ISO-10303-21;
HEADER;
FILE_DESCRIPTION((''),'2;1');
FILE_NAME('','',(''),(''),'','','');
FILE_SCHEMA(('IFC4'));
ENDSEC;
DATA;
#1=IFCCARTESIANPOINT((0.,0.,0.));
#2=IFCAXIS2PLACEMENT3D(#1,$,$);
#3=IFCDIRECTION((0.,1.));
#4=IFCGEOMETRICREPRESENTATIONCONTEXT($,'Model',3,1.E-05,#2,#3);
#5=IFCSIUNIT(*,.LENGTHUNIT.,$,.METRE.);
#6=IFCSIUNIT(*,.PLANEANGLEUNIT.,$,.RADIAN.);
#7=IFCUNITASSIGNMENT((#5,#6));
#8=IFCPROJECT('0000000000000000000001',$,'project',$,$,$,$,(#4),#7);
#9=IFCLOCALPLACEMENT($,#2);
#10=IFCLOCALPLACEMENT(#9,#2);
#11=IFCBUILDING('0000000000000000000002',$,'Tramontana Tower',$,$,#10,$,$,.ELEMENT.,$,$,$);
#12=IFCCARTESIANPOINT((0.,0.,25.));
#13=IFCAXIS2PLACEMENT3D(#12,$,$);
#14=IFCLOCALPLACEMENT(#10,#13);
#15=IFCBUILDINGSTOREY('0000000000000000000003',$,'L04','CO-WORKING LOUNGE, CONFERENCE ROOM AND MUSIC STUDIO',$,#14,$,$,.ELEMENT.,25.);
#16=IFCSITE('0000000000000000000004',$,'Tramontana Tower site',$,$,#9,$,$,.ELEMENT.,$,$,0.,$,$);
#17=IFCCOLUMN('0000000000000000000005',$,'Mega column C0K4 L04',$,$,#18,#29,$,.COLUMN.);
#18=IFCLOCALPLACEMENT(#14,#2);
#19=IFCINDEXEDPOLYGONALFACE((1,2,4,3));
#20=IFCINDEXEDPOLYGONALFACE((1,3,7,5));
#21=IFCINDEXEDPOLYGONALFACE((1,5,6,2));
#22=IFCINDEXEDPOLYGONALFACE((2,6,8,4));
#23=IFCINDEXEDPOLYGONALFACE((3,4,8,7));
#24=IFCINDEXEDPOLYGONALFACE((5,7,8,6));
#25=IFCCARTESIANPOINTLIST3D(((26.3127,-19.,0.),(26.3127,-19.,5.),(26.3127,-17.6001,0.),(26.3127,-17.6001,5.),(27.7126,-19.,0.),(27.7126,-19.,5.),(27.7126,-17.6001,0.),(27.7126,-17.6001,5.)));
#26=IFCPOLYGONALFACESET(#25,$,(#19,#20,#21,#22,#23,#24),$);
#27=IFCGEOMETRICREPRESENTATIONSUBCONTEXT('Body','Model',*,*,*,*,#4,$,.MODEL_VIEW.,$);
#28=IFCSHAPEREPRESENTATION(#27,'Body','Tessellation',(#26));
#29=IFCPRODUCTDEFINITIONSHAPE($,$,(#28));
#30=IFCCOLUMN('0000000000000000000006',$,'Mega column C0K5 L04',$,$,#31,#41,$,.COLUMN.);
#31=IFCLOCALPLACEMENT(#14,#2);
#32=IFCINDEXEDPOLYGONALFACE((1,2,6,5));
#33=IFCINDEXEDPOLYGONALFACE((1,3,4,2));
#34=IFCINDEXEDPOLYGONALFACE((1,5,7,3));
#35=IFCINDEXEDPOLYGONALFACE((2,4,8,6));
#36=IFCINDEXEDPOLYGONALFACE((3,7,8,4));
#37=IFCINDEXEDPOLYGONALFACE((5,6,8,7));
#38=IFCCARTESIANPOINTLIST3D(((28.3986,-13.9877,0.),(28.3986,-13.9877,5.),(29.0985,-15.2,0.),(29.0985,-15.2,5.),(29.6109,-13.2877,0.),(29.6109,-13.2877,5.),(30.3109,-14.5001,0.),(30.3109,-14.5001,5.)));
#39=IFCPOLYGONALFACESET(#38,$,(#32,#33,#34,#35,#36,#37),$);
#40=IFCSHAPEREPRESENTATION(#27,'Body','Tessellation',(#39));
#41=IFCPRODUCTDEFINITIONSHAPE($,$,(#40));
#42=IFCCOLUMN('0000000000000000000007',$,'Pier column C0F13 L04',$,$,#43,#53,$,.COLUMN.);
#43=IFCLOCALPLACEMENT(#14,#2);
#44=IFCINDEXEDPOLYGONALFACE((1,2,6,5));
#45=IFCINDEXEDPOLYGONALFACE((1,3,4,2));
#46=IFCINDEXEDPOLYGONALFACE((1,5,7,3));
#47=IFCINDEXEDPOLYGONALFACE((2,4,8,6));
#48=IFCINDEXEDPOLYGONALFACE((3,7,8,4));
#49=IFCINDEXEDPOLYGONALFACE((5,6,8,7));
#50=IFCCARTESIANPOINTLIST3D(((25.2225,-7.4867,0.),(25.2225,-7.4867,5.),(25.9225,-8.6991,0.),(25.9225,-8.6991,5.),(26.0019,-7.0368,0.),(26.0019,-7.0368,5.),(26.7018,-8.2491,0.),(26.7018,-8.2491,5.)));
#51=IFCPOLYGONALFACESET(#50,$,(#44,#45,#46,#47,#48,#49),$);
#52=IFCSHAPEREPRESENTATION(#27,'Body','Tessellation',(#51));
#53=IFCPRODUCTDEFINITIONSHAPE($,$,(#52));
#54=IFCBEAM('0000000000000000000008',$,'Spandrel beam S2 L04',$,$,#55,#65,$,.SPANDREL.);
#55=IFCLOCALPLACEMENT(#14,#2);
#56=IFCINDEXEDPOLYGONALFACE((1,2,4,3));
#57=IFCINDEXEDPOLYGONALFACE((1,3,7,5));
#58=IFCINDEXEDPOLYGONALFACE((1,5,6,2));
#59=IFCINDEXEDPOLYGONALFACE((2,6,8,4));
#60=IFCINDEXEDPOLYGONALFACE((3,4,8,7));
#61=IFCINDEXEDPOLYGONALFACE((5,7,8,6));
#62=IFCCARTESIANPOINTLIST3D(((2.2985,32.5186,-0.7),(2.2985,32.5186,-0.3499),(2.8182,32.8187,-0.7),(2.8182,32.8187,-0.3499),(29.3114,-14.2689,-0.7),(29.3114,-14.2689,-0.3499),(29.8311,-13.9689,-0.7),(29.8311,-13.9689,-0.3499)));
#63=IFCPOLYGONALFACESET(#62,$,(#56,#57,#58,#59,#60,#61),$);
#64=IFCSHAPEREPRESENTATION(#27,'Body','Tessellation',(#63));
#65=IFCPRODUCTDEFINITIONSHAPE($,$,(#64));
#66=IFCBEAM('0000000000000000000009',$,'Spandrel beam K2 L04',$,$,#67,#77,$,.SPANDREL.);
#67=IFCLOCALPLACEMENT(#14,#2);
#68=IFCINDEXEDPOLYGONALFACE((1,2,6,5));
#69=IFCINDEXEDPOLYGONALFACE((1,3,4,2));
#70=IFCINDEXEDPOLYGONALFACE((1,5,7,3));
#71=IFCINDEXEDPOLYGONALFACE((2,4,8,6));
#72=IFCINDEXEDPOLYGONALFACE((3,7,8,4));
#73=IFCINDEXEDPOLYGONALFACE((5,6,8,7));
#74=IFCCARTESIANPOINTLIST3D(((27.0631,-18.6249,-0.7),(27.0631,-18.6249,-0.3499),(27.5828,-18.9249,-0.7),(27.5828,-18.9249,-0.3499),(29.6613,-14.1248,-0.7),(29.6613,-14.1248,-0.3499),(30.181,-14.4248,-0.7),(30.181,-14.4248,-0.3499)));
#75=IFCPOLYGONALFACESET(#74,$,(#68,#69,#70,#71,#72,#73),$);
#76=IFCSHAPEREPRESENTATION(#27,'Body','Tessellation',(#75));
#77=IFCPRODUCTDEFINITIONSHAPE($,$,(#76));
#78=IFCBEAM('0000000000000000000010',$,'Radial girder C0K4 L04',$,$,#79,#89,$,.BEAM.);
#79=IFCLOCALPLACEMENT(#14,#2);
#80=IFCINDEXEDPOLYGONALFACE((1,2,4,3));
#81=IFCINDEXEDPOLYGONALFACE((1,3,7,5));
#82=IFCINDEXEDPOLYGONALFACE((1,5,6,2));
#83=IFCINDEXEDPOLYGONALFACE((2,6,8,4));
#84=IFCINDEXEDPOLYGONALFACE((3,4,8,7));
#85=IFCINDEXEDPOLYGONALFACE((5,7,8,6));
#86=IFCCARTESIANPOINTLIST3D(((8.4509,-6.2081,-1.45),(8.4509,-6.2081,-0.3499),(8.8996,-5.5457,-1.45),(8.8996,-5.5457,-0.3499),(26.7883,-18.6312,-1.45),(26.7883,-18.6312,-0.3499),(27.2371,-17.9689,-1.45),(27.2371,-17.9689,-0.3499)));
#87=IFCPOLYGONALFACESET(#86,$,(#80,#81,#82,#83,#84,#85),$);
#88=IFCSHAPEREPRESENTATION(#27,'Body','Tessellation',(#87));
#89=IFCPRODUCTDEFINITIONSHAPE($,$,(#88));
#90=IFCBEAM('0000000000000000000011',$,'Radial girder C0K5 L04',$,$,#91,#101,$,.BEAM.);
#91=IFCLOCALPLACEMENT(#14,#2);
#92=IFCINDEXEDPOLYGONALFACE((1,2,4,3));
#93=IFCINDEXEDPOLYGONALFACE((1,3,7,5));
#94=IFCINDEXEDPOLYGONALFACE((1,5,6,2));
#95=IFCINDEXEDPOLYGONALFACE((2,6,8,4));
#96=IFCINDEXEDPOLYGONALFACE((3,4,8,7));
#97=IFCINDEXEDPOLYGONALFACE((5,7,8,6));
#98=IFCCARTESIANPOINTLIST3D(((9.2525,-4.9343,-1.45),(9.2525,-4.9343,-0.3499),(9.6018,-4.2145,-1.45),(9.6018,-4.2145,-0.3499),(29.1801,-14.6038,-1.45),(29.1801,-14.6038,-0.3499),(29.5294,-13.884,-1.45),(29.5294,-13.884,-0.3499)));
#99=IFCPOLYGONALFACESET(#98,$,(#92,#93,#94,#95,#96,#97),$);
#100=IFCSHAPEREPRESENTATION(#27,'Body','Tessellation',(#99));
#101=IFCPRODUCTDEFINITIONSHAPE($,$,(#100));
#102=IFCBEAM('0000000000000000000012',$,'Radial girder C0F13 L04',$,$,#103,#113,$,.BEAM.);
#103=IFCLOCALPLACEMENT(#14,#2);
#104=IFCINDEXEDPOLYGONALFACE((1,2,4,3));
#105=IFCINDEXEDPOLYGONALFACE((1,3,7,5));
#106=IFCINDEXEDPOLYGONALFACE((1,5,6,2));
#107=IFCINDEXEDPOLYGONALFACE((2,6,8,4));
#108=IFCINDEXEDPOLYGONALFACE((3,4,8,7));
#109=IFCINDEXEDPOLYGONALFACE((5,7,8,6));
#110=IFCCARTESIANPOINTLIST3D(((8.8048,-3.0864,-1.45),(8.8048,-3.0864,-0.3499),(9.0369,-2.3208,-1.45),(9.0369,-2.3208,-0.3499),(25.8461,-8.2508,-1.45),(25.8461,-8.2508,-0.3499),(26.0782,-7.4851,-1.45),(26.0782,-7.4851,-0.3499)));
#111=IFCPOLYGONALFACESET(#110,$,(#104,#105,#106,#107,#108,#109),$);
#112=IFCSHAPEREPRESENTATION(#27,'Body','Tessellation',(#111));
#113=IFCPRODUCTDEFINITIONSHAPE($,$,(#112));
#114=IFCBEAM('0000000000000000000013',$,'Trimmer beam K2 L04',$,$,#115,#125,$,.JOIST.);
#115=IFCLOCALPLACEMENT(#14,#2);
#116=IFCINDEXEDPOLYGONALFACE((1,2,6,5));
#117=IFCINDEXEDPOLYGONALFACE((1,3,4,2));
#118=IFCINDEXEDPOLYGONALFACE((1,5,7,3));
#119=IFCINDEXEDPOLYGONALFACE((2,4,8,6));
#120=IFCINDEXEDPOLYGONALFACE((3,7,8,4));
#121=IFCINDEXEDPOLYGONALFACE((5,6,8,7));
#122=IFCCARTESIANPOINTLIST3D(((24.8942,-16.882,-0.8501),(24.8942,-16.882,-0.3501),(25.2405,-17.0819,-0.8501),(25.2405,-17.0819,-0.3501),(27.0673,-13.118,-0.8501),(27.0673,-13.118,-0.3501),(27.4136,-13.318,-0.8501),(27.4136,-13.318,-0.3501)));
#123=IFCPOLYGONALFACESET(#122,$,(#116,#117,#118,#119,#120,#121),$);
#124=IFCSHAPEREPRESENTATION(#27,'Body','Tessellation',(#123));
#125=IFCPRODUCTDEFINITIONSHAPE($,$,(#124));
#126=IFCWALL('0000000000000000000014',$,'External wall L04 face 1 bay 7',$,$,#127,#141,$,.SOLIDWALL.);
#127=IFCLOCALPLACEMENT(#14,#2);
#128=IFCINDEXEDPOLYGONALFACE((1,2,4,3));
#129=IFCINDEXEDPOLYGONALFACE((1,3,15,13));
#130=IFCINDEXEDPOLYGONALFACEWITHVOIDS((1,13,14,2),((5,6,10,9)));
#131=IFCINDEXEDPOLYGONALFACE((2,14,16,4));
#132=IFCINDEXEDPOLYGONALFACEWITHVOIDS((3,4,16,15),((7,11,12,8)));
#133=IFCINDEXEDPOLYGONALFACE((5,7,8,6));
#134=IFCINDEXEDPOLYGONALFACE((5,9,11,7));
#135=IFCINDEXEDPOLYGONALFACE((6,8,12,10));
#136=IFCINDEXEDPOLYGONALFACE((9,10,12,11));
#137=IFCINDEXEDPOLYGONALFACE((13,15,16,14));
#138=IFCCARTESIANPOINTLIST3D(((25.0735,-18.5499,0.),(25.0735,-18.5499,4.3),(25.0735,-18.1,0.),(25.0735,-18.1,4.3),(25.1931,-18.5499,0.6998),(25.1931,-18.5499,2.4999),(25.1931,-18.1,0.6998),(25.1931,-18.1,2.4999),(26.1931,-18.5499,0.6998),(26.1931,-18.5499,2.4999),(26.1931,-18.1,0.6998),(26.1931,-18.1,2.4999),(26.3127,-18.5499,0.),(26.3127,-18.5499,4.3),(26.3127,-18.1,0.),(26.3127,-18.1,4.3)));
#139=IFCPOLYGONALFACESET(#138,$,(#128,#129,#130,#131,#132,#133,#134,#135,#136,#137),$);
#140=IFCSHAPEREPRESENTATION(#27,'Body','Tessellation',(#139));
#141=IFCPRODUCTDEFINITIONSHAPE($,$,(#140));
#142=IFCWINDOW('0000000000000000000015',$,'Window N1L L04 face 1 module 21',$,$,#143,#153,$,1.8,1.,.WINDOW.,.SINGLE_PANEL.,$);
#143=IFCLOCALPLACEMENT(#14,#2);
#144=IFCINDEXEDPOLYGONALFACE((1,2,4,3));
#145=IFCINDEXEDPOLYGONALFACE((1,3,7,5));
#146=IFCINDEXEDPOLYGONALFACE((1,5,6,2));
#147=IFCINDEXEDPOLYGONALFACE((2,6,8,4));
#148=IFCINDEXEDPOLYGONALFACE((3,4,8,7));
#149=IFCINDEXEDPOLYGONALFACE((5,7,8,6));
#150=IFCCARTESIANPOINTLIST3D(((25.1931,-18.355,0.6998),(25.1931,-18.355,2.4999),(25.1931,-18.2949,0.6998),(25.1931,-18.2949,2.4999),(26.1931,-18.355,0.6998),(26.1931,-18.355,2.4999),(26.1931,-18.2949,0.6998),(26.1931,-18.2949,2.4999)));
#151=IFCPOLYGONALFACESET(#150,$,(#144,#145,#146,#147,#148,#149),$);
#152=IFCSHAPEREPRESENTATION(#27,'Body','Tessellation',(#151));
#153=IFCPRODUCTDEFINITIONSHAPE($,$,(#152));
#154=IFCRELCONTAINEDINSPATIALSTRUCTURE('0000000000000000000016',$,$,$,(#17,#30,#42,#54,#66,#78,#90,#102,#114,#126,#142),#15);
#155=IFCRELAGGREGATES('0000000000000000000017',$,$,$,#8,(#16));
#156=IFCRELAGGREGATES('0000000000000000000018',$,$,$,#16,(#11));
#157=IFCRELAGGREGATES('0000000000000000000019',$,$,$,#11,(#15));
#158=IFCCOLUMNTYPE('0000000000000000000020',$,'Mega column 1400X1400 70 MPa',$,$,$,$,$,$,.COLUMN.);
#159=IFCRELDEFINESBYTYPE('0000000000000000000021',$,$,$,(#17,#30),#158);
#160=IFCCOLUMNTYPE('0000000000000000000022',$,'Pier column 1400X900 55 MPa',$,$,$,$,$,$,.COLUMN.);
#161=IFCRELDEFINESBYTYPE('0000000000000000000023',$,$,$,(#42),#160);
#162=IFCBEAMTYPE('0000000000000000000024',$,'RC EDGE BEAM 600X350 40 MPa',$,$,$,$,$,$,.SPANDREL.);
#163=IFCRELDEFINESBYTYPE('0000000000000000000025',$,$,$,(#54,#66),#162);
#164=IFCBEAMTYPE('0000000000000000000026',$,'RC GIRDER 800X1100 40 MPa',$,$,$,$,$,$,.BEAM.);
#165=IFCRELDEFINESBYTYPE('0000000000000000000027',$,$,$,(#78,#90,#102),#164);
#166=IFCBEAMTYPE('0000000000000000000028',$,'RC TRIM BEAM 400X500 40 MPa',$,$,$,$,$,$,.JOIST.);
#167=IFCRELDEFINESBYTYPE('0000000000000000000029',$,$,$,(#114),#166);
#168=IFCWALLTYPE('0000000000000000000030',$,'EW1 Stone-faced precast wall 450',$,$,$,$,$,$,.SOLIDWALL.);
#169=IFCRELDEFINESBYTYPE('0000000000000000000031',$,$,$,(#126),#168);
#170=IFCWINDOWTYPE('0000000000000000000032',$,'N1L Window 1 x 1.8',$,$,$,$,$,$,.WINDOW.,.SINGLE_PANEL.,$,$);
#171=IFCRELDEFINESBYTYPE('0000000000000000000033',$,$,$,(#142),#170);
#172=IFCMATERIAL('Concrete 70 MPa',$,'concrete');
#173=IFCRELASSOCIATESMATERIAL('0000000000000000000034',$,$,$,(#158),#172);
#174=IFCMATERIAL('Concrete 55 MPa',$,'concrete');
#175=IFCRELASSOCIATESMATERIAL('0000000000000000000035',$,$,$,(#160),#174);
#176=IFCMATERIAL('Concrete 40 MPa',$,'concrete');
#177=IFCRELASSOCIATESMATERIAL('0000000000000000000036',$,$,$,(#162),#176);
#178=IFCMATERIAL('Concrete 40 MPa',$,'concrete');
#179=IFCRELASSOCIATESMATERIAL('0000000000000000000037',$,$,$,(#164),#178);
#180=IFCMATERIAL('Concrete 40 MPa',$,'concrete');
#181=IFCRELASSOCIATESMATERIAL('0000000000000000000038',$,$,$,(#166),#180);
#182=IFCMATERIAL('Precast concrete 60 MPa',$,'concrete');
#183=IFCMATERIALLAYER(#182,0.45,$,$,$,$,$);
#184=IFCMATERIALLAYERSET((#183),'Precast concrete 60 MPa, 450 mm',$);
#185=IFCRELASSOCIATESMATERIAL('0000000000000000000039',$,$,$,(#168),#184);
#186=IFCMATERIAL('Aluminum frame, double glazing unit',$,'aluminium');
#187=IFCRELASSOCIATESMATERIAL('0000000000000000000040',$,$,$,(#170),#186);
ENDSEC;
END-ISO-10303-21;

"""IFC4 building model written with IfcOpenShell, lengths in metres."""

from ifc_helpers import new_model, si_unit, direction, frame, frame_2d, origin, origin_2d, place, context, subcontext, project, spatial, rectangle, extrude, material, layer, layer_set, material_profile, profile_set, type_object, element, fill, save


model = new_model("IFC4")

# Units and contexts
model_context = context("Model", 3, precision=1e-05, world=origin(), true_north=direction((0.0, 1.0)))
body_context = subcontext(model_context, "Body", "Model", "MODEL_VIEW")
ifc_project = project(units=[si_unit("LENGTHUNIT", "METRE"), si_unit("PLANEANGLEUNIT", "RADIAN")], contexts=[model_context])

# Site, building, storey
site_placement = place(None, origin())
site = spatial("IfcSite", under=ifc_project, at=site_placement, Name="Tramontana Tower site", CompositionType="ELEMENT", RefElevation=0.0)
building_placement = place(site_placement, origin())
building = spatial("IfcBuilding", under=site, at=building_placement, Name="Tramontana Tower", CompositionType="ELEMENT")
storey_placement = place(building_placement, frame((0.0, 0.0, 25.0)))
storey = spatial("IfcBuildingStorey", under=building, at=storey_placement, Name="L04", Description="CO-WORKING LOUNGE, CONFERENCE ROOM AND MUSIC STUDIO", CompositionType="ELEMENT", Elevation=25.0)

# Columns
ifc_material_1 = material(Name="Concrete 70 MPa", Category="concrete")
ifc_material_profile_1 = material_profile(ifc_material_1, rectangle(XDim=1.3999, YDim=1.3999, at=origin_2d()), Name="Mega column 1400X1400 70 MPa")
ifc_profile_set_1 = profile_set([ifc_material_profile_1], Name="Concrete 70 MPa")
column_type_1 = type_object("IfcColumnType", Name="Mega column 1400X1400 70 MPa", PredefinedType="COLUMN", material=ifc_profile_set_1)
for number, where, z_axis, x_axis, name in (
    (1, (27.0127, -18.3, 0.0), (0.0, 0.0, 1.0), (1.0, 0.0, 0.0), "Mega column C0K4 L04"),
    (2, (29.3547, -14.2439, 0.0), (0.0, 0.0, 1.0), (-0.5, 0.866025, 0.0), "Mega column C0K5 L04"),
):
    element("IfcColumn", number, at=place(storey_placement, frame(where, z_axis=z_axis, x_axis=x_axis)), inside=storey, type_object=column_type_1, Name=name, PredefinedType="COLUMN", context=body_context, shape_type="SweptSolid", body=[
        extrude(rectangle(XDim=1.3999, YDim=1.3999, at=origin_2d()), origin(), (0.0, 0.0, 1.0), 5.0),
    ])
ifc_material_2 = material(Name="Concrete 55 MPa", Category="concrete")
ifc_material_profile_2 = material_profile(ifc_material_2, rectangle(XDim=1.3999, YDim=0.8999, at=origin_2d()), Name="Pier column 1400X900 55 MPa")
ifc_profile_set_2 = profile_set([ifc_material_profile_2], Name="Concrete 55 MPa")
column_type_2 = type_object("IfcColumnType", Name="Pier column 1400X900 55 MPa", PredefinedType="COLUMN", material=ifc_profile_set_2)
column_placement = place(storey_placement, frame((25.9622, -7.8679, 0.0), z_axis=(0.0, 0.0, 1.0), x_axis=(-0.5, 0.866025, 0.0)))
element("IfcColumn", 3, at=column_placement, inside=storey, type_object=column_type_2, Name="Pier column C0F13 L04", PredefinedType="COLUMN", context=body_context, shape_type="SweptSolid", body=[
    extrude(rectangle(XDim=1.3999, YDim=0.8999, at=origin_2d()), origin(), (0.0, 0.0, 1.0), 5.0),
])

# Beams
ifc_material_3 = material(Name="Concrete 40 MPa", Category="concrete")
ifc_material_profile_3 = material_profile(ifc_material_3, rectangle(XDim=0.6001, YDim=0.3501, at=origin_2d()), Name="RC EDGE BEAM 600X350 40 MPa")
ifc_profile_set_3 = profile_set([ifc_material_profile_3], Name="Concrete 40 MPa")
beam_type_1 = type_object("IfcBeamType", Name="RC EDGE BEAM 600X350 40 MPa", PredefinedType="SPANDREL", material=ifc_profile_set_3)
beam_1_placement = place(storey_placement, frame((29.5713, -14.1189, -0.5249), z_axis=(-0.500001, 0.866025, 0.0), x_axis=(-0.866025, -0.500001, 0.0)))
element("IfcBeam", 4, at=beam_1_placement, inside=storey, type_object=beam_type_1, Name="Spandrel beam S2 L04", PredefinedType="SPANDREL", context=body_context, shape_type="SweptSolid", body=[
    extrude(rectangle(XDim=0.6001, YDim=0.3501, at=origin_2d()), origin(), (0.0, 0.0, 1.0), 54.0256),
])
beam_2_placement = place(storey_placement, frame((27.323, -18.7749, -0.5249), z_axis=(0.50001, 0.86602, 0.0), x_axis=(-0.86602, 0.50001, 0.0)))
element("IfcBeam", 5, at=beam_2_placement, inside=storey, type_object=beam_type_1, Name="Spandrel beam K2 L04", PredefinedType="SPANDREL", context=body_context, shape_type="SweptSolid", body=[
    extrude(rectangle(XDim=0.6001, YDim=0.3501, at=origin_2d()), origin(), (0.0, 0.0, 1.0), 5.1963),
])
ifc_material_4 = material(Name="Concrete 40 MPa", Category="concrete")
ifc_material_profile_4 = material_profile(ifc_material_4, rectangle(XDim=0.8, YDim=1.1001, at=origin_2d()), Name="RC GIRDER 800X1100 40 MPa")
ifc_profile_set_4 = profile_set([ifc_material_profile_4], Name="Concrete 40 MPa")
beam_type_2 = type_object("IfcBeamType", Name="RC GIRDER 800X1100 40 MPa", PredefinedType="BEAM", material=ifc_profile_set_4)
beam_3_placement = place(storey_placement, frame((27.0127, -18.3, -0.8999), z_axis=(-0.827898, 0.560879, 0.0), x_axis=(-0.560879, -0.827898, 0.0)))
element("IfcBeam", 6, at=beam_3_placement, inside=storey, type_object=beam_type_2, Name="Radial girder C0K4 L04", PredefinedType="BEAM", context=body_context, shape_type="SweptSolid", body=[
    extrude(rectangle(XDim=0.8, YDim=1.1001, at=origin_2d()), origin(), (0.0, 0.0, 1.0), 22.1494),
])
beam_4_placement = place(storey_placement, frame((29.3547, -14.2439, -0.8999), z_axis=(-0.899679, 0.436552, 0.0), x_axis=(-0.436552, -0.899679, 0.0)))
element("IfcBeam", 7, at=beam_4_placement, inside=storey, type_object=beam_type_2, Name="Radial girder C0K5 L04", PredefinedType="BEAM", context=body_context, shape_type="SweptSolid", body=[
    extrude(rectangle(XDim=0.8, YDim=1.1001, at=origin_2d()), origin(), (0.0, 0.0, 1.0), 22.1497),
])
beam_5_placement = place(storey_placement, frame((25.9622, -7.8679, -0.8999), z_axis=(-0.95702, 0.290022, 0.0), x_axis=(-0.290022, -0.95702, 0.0)))
element("IfcBeam", 8, at=beam_5_placement, inside=storey, type_object=beam_type_2, Name="Radial girder C0F13 L04", PredefinedType="BEAM", context=body_context, shape_type="SweptSolid", body=[
    extrude(rectangle(XDim=0.8, YDim=1.1001, at=origin_2d()), origin(), (0.0, 0.0, 1.0), 17.8066),
])
ifc_material_5 = material(Name="Concrete 40 MPa", Category="concrete")
ifc_material_profile_5 = material_profile(ifc_material_5, rectangle(XDim=0.3999, YDim=0.5, at=origin_2d()), Name="RC TRIM BEAM 400X500 40 MPa")
ifc_profile_set_5 = profile_set([ifc_material_profile_5], Name="Concrete 40 MPa")
beam_type_3 = type_object("IfcBeamType", Name="RC TRIM BEAM 400X500 40 MPa", PredefinedType="JOIST", material=ifc_profile_set_5)
beam_6_placement = place(storey_placement, frame((25.0674, -16.9819, -0.6001), z_axis=(0.5, 0.866026, 0.0), x_axis=(-0.866026, 0.5, 0.0)))
element("IfcBeam", 9, at=beam_6_placement, inside=storey, type_object=beam_type_3, Name="Trimmer beam K2 L04", PredefinedType="JOIST", context=body_context, shape_type="SweptSolid", body=[
    extrude(rectangle(XDim=0.3999, YDim=0.5, at=origin_2d()), origin(), (0.0, 0.0, 1.0), 4.3462),
])

# Wall, opening, window
ifc_material_6 = material(Name="Precast concrete 60 MPa", Category="concrete")
ifc_layer_1 = layer(ifc_material_6, 0.45)
ifc_layer_set_1 = layer_set([ifc_layer_1], Name="Precast concrete 60 MPa, 450 mm")
wall_type_1 = type_object("IfcWallType", Name="EW1 Stone-faced precast wall 450", PredefinedType="SOLIDWALL", material=ifc_layer_set_1)
wall_1_placement = place(storey_placement, frame((25.0735, -18.325, 0.0), z_axis=(0.0, 0.0, 1.0), x_axis=(1.0, 0.0, 0.0)))
wall_1 = element("IfcWall", 10, at=wall_1_placement, inside=storey, type_object=wall_type_1, Name="External wall L04 face 1 bay 7", PredefinedType="SOLIDWALL", context=body_context, shape_type="SweptSolid", body=[
    extrude(rectangle(XDim=1.2393, YDim=0.45, at=frame_2d((0.6196, 0.0))), origin(), (0.0, 0.0, 1.0), 4.3),
])
opening_1_placement = place(wall_1_placement, frame((0.1196, 0.0, 0.7)))
opening_1 = element("IfcOpeningElement", 11, at=opening_1_placement, cuts=wall_1, PredefinedType="OPENING", context=body_context, shape_type="SweptSolid", body=[
    extrude(rectangle(XDim=1.0, YDim=1.8, at=frame_2d((0.5, 0.8999))), frame((0.0, 0.2349, 0.0), z_axis=(0.0, -1.0, 0.0), x_axis=(1.0, 0.0, 0.0)), (0.0, 0.0, 1.0), 0.47),
])
ifc_material_7 = material(Name="Aluminum frame, double glazing unit", Category="aluminium")
window_type_1 = type_object("IfcWindowType", Name="N1L Window 1 x 1.8", PartitioningType="SINGLE_PANEL", PredefinedType="WINDOW", material=ifc_material_7)
window_1_placement = place(opening_1_placement, origin())
window_1 = element("IfcWindow", 12, at=window_1_placement, inside=storey, type_object=window_type_1, Name="Window N1L L04 face 1 module 21", OverallHeight=1.8, OverallWidth=1.0, PartitioningType="SINGLE_PANEL", PredefinedType="WINDOW", context=body_context, shape_type="SweptSolid", body=[
    extrude(rectangle(XDim=1.0, YDim=1.8, at=frame_2d((0.5, 0.8999))), frame((0.0, 0.03, 0.0), z_axis=(0.0, -1.0, 0.0), x_axis=(1.0, 0.0, 0.0)), (0.0, 0.0, 1.0), 0.0601),
])
fill(opening_1, window_1)

save(model, "model.ifc")
